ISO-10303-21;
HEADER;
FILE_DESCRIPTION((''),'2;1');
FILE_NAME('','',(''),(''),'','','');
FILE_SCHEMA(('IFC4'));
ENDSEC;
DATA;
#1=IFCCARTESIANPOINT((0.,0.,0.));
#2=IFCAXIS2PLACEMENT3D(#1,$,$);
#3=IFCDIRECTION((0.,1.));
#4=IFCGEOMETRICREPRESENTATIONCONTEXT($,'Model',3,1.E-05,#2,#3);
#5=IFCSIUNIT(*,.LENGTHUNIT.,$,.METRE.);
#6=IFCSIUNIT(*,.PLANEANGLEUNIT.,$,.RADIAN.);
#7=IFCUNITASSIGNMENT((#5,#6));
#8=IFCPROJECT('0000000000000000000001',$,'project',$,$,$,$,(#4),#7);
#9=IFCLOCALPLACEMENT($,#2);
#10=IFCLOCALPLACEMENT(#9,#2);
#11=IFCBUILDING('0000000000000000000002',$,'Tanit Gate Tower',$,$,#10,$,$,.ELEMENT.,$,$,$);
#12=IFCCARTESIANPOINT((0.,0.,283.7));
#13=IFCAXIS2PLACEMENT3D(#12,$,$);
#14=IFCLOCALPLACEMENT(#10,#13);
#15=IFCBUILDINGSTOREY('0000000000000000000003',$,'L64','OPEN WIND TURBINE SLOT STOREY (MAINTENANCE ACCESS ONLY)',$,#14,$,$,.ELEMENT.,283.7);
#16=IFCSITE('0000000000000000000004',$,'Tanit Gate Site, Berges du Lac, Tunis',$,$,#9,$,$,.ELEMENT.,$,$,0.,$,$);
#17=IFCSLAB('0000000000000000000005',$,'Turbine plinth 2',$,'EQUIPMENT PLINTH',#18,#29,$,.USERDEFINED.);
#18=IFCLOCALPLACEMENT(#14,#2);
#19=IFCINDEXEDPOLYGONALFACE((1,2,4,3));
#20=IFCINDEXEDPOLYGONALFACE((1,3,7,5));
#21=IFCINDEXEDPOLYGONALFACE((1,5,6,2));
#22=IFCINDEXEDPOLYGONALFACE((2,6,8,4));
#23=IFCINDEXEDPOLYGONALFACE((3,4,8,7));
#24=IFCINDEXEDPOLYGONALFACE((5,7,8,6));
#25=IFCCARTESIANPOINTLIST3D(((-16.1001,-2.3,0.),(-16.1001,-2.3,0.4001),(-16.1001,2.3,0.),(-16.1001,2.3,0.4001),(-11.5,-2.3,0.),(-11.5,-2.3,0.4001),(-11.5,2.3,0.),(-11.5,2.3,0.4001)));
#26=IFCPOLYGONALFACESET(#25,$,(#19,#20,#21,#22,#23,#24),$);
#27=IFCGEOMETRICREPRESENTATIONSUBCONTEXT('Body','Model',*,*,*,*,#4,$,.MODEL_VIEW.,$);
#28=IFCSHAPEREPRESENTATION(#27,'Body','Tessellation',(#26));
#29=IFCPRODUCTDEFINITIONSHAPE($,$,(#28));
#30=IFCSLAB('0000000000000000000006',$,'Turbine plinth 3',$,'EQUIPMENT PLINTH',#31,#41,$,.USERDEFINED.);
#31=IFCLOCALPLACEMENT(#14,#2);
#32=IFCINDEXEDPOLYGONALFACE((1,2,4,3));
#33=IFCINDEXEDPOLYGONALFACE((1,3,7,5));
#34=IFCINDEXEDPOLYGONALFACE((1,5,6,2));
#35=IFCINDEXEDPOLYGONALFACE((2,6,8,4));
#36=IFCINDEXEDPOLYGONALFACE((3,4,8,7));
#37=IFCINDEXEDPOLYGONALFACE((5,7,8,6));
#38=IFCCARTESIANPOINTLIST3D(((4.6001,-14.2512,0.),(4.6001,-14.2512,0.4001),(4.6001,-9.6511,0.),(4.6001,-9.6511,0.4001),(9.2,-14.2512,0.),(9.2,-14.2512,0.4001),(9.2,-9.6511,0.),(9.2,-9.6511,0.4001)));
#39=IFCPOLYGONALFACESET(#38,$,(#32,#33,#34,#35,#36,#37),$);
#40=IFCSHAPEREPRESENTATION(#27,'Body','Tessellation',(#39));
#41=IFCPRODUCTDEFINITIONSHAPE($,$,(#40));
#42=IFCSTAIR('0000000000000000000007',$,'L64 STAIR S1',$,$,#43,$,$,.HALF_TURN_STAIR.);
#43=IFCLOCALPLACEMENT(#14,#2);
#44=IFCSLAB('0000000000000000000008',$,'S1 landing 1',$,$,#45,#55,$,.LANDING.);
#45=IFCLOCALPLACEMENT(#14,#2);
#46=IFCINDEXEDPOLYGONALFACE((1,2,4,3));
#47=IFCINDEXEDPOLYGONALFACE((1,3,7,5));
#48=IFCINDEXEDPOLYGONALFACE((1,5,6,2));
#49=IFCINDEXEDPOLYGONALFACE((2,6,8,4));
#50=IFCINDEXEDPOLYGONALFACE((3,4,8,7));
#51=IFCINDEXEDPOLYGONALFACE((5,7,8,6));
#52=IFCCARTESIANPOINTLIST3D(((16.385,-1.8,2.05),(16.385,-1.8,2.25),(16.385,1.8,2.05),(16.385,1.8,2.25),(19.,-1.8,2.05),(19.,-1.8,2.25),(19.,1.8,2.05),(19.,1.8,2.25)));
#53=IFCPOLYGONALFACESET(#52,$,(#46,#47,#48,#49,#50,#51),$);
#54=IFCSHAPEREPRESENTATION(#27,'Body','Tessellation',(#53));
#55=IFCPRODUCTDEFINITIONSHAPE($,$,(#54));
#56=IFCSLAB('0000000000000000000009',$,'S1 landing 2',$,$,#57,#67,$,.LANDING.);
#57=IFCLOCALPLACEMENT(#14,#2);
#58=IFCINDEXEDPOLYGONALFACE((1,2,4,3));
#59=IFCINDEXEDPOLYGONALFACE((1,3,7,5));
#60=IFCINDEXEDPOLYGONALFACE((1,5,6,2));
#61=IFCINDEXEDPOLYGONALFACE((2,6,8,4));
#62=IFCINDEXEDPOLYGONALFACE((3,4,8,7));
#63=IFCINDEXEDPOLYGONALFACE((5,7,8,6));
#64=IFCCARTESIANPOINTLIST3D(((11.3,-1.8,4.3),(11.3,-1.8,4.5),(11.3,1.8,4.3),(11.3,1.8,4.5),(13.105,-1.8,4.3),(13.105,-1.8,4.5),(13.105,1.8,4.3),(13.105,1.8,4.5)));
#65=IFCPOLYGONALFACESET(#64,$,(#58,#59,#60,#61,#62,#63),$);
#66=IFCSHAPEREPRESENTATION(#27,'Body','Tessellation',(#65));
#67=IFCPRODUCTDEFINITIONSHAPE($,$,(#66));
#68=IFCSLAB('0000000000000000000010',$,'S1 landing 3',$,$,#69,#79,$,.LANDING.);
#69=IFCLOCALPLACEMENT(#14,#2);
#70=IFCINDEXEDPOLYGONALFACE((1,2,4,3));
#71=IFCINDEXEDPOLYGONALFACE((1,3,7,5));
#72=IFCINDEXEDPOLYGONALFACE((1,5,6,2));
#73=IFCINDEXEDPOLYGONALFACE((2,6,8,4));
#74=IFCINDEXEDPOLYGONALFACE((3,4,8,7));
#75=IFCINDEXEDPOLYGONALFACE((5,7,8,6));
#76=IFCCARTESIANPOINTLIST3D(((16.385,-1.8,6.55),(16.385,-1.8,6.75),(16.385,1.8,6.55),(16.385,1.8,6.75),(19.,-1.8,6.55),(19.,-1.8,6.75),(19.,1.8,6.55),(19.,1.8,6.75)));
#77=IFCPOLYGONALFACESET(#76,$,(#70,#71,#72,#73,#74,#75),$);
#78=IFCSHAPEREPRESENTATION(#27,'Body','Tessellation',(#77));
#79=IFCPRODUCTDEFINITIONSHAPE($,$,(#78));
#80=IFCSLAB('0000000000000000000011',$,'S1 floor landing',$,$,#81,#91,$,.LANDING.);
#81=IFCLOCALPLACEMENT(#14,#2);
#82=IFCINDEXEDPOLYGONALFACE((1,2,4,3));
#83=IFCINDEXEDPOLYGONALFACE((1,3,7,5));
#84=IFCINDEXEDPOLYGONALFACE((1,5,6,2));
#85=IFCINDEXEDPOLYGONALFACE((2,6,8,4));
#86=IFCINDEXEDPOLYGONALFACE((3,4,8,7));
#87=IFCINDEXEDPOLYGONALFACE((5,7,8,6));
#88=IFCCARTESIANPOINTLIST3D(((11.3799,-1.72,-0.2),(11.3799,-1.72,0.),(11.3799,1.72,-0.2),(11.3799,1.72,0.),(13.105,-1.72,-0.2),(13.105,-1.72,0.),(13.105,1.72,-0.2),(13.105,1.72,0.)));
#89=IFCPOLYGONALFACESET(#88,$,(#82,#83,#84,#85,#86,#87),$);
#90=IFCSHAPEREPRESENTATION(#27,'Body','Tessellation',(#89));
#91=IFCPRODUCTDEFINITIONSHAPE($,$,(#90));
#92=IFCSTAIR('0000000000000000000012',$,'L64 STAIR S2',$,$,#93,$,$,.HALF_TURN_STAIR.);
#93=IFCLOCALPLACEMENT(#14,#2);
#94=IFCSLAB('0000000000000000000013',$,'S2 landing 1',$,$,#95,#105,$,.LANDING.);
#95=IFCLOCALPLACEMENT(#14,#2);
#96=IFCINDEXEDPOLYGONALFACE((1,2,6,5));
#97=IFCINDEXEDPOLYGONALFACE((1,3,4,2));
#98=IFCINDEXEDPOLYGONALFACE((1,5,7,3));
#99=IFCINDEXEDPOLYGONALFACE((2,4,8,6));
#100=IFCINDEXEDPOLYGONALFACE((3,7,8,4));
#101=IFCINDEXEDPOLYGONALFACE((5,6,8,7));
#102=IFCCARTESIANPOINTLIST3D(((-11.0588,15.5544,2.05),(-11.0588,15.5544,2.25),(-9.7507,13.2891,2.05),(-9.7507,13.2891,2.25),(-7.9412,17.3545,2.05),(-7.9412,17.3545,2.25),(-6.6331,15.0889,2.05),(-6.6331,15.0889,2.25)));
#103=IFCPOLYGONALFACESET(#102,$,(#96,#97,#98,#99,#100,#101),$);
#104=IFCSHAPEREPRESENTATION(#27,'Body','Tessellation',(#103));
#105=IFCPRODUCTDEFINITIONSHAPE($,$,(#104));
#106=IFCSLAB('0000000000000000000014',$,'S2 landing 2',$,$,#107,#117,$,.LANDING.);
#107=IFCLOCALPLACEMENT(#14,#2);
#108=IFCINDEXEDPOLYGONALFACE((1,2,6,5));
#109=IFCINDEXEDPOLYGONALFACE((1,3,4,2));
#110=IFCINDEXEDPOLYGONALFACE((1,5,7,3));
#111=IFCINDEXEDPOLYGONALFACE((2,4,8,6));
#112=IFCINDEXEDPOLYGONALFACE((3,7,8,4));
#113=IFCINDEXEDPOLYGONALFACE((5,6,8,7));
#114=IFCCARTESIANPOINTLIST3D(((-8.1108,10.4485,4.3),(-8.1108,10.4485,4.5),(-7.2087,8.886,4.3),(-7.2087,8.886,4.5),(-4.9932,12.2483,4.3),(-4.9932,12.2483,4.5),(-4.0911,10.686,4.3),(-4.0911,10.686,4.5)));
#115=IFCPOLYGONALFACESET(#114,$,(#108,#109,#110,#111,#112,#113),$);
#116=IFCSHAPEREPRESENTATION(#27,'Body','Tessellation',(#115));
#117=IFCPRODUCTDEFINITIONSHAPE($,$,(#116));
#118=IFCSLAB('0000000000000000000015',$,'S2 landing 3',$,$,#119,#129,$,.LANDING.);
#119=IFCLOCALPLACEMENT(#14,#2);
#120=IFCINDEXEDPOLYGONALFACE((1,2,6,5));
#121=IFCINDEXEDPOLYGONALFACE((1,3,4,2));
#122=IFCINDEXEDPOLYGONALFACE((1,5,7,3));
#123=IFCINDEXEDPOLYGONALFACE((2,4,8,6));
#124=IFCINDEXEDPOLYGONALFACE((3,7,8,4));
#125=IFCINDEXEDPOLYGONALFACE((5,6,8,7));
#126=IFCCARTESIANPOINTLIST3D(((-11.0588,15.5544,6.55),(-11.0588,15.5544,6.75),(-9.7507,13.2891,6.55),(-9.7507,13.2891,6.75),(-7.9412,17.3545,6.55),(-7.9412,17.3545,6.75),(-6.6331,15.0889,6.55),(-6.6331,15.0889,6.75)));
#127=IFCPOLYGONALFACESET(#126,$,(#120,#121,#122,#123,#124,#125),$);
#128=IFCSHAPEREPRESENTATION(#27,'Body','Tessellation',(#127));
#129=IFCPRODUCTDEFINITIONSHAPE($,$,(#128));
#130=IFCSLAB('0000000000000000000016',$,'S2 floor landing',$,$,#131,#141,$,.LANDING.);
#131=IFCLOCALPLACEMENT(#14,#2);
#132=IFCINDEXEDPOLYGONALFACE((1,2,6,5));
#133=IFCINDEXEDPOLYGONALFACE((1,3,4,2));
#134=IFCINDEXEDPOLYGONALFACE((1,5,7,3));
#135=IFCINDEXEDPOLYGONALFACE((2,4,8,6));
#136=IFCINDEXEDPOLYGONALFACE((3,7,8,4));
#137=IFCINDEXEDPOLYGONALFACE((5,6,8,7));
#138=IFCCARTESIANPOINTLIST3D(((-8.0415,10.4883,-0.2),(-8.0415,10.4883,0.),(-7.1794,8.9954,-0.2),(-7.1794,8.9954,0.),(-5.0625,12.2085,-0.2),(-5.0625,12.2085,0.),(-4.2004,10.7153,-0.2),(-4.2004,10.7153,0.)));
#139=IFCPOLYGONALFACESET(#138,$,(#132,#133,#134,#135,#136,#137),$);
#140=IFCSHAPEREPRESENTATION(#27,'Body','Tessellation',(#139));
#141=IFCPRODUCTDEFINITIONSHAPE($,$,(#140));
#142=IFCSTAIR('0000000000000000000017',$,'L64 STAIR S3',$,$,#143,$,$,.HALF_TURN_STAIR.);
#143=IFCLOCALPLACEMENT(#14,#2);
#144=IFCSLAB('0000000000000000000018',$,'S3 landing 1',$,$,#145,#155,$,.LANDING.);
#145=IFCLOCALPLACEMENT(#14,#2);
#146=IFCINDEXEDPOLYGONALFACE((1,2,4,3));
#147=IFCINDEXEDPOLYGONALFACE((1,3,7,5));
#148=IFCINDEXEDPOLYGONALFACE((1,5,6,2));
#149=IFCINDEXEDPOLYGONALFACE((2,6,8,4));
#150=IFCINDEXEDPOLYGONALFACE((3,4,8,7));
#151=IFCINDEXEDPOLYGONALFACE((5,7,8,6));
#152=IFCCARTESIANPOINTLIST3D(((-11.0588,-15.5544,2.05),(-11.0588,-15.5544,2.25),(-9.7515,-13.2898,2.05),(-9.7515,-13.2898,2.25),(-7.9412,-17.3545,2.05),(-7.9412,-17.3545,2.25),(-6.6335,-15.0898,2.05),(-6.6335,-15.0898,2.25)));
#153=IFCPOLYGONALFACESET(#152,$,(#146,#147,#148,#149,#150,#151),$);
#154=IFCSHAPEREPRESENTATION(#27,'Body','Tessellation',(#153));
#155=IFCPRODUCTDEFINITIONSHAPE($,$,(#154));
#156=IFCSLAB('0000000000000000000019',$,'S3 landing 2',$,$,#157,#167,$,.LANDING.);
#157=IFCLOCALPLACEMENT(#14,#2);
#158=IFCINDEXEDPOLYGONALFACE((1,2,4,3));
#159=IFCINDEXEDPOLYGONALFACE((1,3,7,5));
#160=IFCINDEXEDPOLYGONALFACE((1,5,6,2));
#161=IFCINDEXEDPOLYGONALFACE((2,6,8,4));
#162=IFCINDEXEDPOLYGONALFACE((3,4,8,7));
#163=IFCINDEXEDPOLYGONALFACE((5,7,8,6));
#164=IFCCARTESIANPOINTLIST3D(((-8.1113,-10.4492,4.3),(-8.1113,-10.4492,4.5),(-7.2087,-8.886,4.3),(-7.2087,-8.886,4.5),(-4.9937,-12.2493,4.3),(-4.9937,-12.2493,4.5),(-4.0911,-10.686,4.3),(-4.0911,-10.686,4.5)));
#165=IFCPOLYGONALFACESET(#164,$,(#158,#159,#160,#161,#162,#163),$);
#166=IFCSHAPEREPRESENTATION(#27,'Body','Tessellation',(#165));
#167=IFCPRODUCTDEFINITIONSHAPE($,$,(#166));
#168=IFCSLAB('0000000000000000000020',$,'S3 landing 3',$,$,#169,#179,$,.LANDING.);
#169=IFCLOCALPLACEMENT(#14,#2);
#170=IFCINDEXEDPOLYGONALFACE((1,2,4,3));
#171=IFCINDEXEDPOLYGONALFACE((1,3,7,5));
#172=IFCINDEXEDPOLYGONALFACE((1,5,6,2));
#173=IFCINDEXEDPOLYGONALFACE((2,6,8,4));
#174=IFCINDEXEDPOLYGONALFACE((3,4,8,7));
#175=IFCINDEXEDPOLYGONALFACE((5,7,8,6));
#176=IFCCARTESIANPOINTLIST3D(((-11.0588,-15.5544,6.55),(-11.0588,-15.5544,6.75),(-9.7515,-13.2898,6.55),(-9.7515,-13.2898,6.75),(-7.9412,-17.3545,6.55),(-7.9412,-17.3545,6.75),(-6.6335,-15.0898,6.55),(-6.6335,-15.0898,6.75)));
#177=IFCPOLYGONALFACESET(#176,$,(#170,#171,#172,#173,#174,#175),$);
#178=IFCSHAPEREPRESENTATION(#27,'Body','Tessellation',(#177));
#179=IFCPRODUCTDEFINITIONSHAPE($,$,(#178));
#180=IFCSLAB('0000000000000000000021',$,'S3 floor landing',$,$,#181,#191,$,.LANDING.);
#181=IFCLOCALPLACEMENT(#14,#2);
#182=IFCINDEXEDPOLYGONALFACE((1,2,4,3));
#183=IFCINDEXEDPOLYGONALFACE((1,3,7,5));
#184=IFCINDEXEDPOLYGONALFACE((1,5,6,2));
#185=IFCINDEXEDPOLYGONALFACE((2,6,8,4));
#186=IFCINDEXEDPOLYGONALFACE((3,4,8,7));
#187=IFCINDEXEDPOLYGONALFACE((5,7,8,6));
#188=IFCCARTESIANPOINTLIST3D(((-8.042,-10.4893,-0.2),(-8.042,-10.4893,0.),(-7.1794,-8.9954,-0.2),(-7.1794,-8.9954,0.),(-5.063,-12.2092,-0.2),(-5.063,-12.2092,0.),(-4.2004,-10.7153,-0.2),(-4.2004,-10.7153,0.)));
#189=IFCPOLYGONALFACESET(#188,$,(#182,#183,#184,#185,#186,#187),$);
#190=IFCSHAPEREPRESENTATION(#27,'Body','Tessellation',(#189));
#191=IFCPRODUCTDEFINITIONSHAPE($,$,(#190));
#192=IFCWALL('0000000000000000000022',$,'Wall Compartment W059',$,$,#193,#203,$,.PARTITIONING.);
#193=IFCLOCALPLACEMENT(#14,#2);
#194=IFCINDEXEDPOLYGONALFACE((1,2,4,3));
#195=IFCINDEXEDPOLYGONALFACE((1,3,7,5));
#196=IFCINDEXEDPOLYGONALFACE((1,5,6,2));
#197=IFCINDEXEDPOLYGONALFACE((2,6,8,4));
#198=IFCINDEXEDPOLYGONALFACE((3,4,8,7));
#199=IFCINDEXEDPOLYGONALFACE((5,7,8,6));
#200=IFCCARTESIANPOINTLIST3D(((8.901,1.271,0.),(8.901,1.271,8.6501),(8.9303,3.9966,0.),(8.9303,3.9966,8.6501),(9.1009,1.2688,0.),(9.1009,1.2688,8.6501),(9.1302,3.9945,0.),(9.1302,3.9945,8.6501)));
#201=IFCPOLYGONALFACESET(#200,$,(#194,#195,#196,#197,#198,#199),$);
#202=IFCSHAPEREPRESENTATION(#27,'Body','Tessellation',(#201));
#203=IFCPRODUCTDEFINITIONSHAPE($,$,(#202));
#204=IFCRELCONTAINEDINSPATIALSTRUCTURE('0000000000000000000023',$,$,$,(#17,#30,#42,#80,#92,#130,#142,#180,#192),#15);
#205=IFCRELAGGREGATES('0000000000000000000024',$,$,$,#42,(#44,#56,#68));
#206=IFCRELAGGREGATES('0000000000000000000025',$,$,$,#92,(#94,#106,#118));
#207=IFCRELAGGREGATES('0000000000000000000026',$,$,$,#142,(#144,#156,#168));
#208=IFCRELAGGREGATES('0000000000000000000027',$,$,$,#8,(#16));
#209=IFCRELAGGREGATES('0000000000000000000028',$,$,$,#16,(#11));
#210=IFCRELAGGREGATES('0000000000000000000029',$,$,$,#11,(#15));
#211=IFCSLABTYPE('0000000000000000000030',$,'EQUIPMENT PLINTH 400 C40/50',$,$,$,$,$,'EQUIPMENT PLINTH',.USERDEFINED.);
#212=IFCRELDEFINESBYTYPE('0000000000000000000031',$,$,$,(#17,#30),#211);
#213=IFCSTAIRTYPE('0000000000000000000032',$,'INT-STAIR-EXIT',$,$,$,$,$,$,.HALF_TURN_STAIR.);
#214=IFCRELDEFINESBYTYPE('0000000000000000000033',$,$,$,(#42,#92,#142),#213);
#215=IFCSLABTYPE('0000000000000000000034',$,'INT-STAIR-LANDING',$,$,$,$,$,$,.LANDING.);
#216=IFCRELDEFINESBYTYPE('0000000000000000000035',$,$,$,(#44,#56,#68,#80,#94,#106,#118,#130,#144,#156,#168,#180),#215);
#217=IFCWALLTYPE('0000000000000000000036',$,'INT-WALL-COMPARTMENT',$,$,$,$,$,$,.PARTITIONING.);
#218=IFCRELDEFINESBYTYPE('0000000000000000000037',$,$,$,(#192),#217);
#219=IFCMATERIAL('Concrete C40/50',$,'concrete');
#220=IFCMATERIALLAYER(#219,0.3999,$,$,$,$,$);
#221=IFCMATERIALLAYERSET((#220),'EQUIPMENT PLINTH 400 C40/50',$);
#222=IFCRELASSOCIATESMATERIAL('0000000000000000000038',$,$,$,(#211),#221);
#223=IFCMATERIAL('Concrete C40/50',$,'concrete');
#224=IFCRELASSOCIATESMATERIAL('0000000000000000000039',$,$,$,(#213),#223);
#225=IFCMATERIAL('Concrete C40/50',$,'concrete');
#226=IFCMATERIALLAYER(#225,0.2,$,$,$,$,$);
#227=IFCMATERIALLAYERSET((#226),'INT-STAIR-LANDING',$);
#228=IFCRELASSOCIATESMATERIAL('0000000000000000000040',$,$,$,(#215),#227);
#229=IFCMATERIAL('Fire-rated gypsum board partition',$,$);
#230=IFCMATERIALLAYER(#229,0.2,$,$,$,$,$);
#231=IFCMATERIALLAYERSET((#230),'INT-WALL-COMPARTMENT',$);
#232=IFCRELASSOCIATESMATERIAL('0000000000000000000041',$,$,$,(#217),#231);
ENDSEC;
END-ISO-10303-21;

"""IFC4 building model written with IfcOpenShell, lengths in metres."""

from ifc_helpers import new_model, si_unit, direction, frame, frame_2d, origin, place, context, subcontext, project, spatial, polyline, rectangle, outline, extrude, material, layer, layer_set, type_object, element, aggregate, save


model = new_model("IFC4")

# Units and contexts
model_context = context("Model", 3, precision=1e-05, world=origin(), true_north=direction((0.0, 1.0)))
body_context = subcontext(model_context, "Body", "Model", "MODEL_VIEW")
ifc_project = project(units=[si_unit("LENGTHUNIT", "METRE"), si_unit("PLANEANGLEUNIT", "RADIAN")], contexts=[model_context])

# Site, building, storey
site_placement = place(None, origin())
site = spatial("IfcSite", under=ifc_project, at=site_placement, Name="Tanit Gate Site, Berges du Lac, Tunis", CompositionType="ELEMENT", RefElevation=0.0)
building_placement = place(site_placement, origin())
building = spatial("IfcBuilding", under=site, at=building_placement, Name="Tanit Gate Tower", CompositionType="ELEMENT")
storey_placement = place(building_placement, frame((0.0, 0.0, 283.7)))
storey = spatial("IfcBuildingStorey", under=building, at=storey_placement, Name="L64", Description="OPEN WIND TURBINE SLOT STOREY (MAINTENANCE ACCESS ONLY)", CompositionType="ELEMENT", Elevation=283.7)

# Slabs
ifc_material_1 = material(Name="Concrete C40/50", Category="concrete")
ifc_layer_1 = layer(ifc_material_1, 0.3999)
ifc_layer_set_1 = layer_set([ifc_layer_1], Name="EQUIPMENT PLINTH 400 C40/50")
slab_type_1 = type_object("IfcSlabType", Name="EQUIPMENT PLINTH 400 C40/50", ElementType="EQUIPMENT PLINTH", PredefinedType="USERDEFINED", material=ifc_layer_set_1)
slab_1_placement = place(storey_placement, origin())
element("IfcSlab", 1, at=slab_1_placement, inside=storey, type_object=slab_type_1, Name="Turbine plinth 2", ObjectType="EQUIPMENT PLINTH", PredefinedType="USERDEFINED", context=body_context, shape_type="SweptSolid", body=[
    extrude(outline(polyline([(-16.1001, -2.3), (-11.5, -2.3), (-11.5, 2.3), (-16.1001, 2.3), (-16.1001, -2.3)])), origin(), (0.0, 0.0, 1.0), 0.4001),
])
slab_2_placement = place(storey_placement, origin())
element("IfcSlab", 2, at=slab_2_placement, inside=storey, type_object=slab_type_1, Name="Turbine plinth 3", ObjectType="EQUIPMENT PLINTH", PredefinedType="USERDEFINED", context=body_context, shape_type="SweptSolid", body=[
    extrude(outline(polyline([(4.6001, -14.2512), (9.2, -14.2512), (9.2, -9.6511), (4.6001, -9.6511), (4.6001, -14.2512)])), origin(), (0.0, 0.0, 1.0), 0.4001),
])

# Stair, slabs
ifc_material_2 = material(Name="Concrete C40/50", Category="concrete")
stair_type = type_object("IfcStairType", Name="INT-STAIR-EXIT", PredefinedType="HALF_TURN_STAIR", material=ifc_material_2)
stair_1_placement = place(storey_placement, origin())
stair_1 = element("IfcStair", 3, at=stair_1_placement, inside=storey, type_object=stair_type, Name="L64 STAIR S1", PredefinedType="HALF_TURN_STAIR")
ifc_material_3 = material(Name="Concrete C40/50", Category="concrete")
ifc_layer_2 = layer(ifc_material_3, 0.2)
ifc_layer_set_2 = layer_set([ifc_layer_2], Name="INT-STAIR-LANDING")
slab_type_2 = type_object("IfcSlabType", Name="INT-STAIR-LANDING", PredefinedType="LANDING", material=ifc_layer_set_2)
slab_3_placement = place(storey_placement, frame((0.0, 0.0, 2.05)))
slab_3 = element("IfcSlab", 4, at=slab_3_placement, type_object=slab_type_2, Name="S1 landing 1", PredefinedType="LANDING", context=body_context, shape_type="SweptSolid", body=[
    extrude(outline(polyline([(16.385, -1.8), (19.0, -1.8), (19.0, 1.8), (16.385, 1.8), (16.385, -1.8)])), origin(), (0.0, 0.0, 1.0), 0.2),
])
slab_4_placement = place(storey_placement, frame((0.0, 0.0, 4.3)))
slab_4 = element("IfcSlab", 5, at=slab_4_placement, type_object=slab_type_2, Name="S1 landing 2", PredefinedType="LANDING", context=body_context, shape_type="SweptSolid", body=[
    extrude(outline(polyline([(11.3, -1.8), (13.105, -1.8), (13.105, 1.8), (11.3, 1.8), (11.3, -1.8)])), origin(), (0.0, 0.0, 1.0), 0.2),
])
slab_5_placement = place(storey_placement, frame((0.0, 0.0, 6.55)))
slab_5 = element("IfcSlab", 6, at=slab_5_placement, type_object=slab_type_2, Name="S1 landing 3", PredefinedType="LANDING", context=body_context, shape_type="SweptSolid", body=[
    extrude(outline(polyline([(16.385, -1.8), (19.0, -1.8), (19.0, 1.8), (16.385, 1.8), (16.385, -1.8)])), origin(), (0.0, 0.0, 1.0), 0.2),
])
aggregate(stair_1, [slab_3, slab_4, slab_5])

# Slab
slab_6_placement = place(storey_placement, frame((0.0, 0.0, -0.2)))
element("IfcSlab", 7, at=slab_6_placement, inside=storey, type_object=slab_type_2, Name="S1 floor landing", PredefinedType="LANDING", context=body_context, shape_type="SweptSolid", body=[
    extrude(outline(polyline([(11.3799, -1.72), (13.105, -1.72), (13.105, 1.72), (11.3799, 1.72), (11.3799, -1.72)])), origin(), (0.0, 0.0, 1.0), 0.2),
])

# Stair, slabs
stair_2_placement = place(storey_placement, origin())
stair_2 = element("IfcStair", 8, at=stair_2_placement, inside=storey, type_object=stair_type, Name="L64 STAIR S2", PredefinedType="HALF_TURN_STAIR")
slab_7_placement = place(storey_placement, frame((0.0, 0.0, 2.05)))
slab_7 = element("IfcSlab", 9, at=slab_7_placement, type_object=slab_type_2, Name="S2 landing 1", PredefinedType="LANDING", context=body_context, shape_type="SweptSolid", body=[
    extrude(outline(polyline([(-6.6331, 15.0889), (-7.9412, 17.3545), (-11.0588, 15.5544), (-9.7507, 13.2891), (-6.6331, 15.0889)])), origin(), (0.0, 0.0, 1.0), 0.2),
])
slab_8_placement = place(storey_placement, frame((0.0, 0.0, 4.3)))
slab_8 = element("IfcSlab", 10, at=slab_8_placement, type_object=slab_type_2, Name="S2 landing 2", PredefinedType="LANDING", context=body_context, shape_type="SweptSolid", body=[
    extrude(outline(polyline([(-4.0911, 10.686), (-4.9932, 12.2483), (-8.1108, 10.4485), (-7.2087, 8.886), (-4.0911, 10.686)])), origin(), (0.0, 0.0, 1.0), 0.2),
])
slab_9_placement = place(storey_placement, frame((0.0, 0.0, 6.55)))
slab_9 = element("IfcSlab", 11, at=slab_9_placement, type_object=slab_type_2, Name="S2 landing 3", PredefinedType="LANDING", context=body_context, shape_type="SweptSolid", body=[
    extrude(outline(polyline([(-6.6331, 15.0889), (-7.9412, 17.3545), (-11.0588, 15.5544), (-9.7507, 13.2891), (-6.6331, 15.0889)])), origin(), (0.0, 0.0, 1.0), 0.2),
])
aggregate(stair_2, [slab_7, slab_8, slab_9])

# Slab
slab_10_placement = place(storey_placement, frame((0.0, 0.0, -0.2)))
element("IfcSlab", 12, at=slab_10_placement, inside=storey, type_object=slab_type_2, Name="S2 floor landing", PredefinedType="LANDING", context=body_context, shape_type="SweptSolid", body=[
    extrude(outline(polyline([(-4.2004, 10.7153), (-5.0625, 12.2085), (-8.0415, 10.4883), (-7.1794, 8.9954), (-4.2004, 10.7153)])), origin(), (0.0, 0.0, 1.0), 0.2),
])

# Stair, slabs
stair_3_placement = place(storey_placement, origin())
stair_3 = element("IfcStair", 13, at=stair_3_placement, inside=storey, type_object=stair_type, Name="L64 STAIR S3", PredefinedType="HALF_TURN_STAIR")
slab_11_placement = place(storey_placement, frame((0.0, 0.0, 2.05)))
slab_11 = element("IfcSlab", 14, at=slab_11_placement, type_object=slab_type_2, Name="S3 landing 1", PredefinedType="LANDING", context=body_context, shape_type="SweptSolid", body=[
    extrude(outline(polyline([(-9.7515, -13.2898), (-11.0588, -15.5544), (-7.9412, -17.3545), (-6.6335, -15.0898), (-9.7515, -13.2898)])), origin(), (0.0, 0.0, 1.0), 0.2),
])
slab_12_placement = place(storey_placement, frame((0.0, 0.0, 4.3)))
slab_12 = element("IfcSlab", 15, at=slab_12_placement, type_object=slab_type_2, Name="S3 landing 2", PredefinedType="LANDING", context=body_context, shape_type="SweptSolid", body=[
    extrude(outline(polyline([(-7.2087, -8.886), (-8.1113, -10.4492), (-4.9937, -12.2493), (-4.0911, -10.686), (-7.2087, -8.886)])), origin(), (0.0, 0.0, 1.0), 0.2),
])
slab_13_placement = place(storey_placement, frame((0.0, 0.0, 6.55)))
slab_13 = element("IfcSlab", 16, at=slab_13_placement, type_object=slab_type_2, Name="S3 landing 3", PredefinedType="LANDING", context=body_context, shape_type="SweptSolid", body=[
    extrude(outline(polyline([(-9.7515, -13.2898), (-11.0588, -15.5544), (-7.9412, -17.3545), (-6.6335, -15.0898), (-9.7515, -13.2898)])), origin(), (0.0, 0.0, 1.0), 0.2),
])
aggregate(stair_3, [slab_11, slab_12, slab_13])

# Slab
slab_14_placement = place(storey_placement, frame((0.0, 0.0, -0.2)))
element("IfcSlab", 17, at=slab_14_placement, inside=storey, type_object=slab_type_2, Name="S3 floor landing", PredefinedType="LANDING", context=body_context, shape_type="SweptSolid", body=[
    extrude(outline(polyline([(-7.1794, -8.9954), (-8.042, -10.4893), (-5.063, -12.2092), (-4.2004, -10.7153), (-7.1794, -8.9954)])), origin(), (0.0, 0.0, 1.0), 0.2),
])

# Wall
ifc_material_4 = material(Name="Fire-rated gypsum board partition")
ifc_layer_3 = layer(ifc_material_4, 0.2)
ifc_layer_set_3 = layer_set([ifc_layer_3], Name="INT-WALL-COMPARTMENT")
wall_type_1 = type_object("IfcWallType", Name="INT-WALL-COMPARTMENT", PredefinedType="PARTITIONING", material=ifc_layer_set_3)
wall_1_placement = place(storey_placement, frame((9.001, 1.27, 0.0), z_axis=(0.0, 0.0, 1.0), x_axis=(0.010748, 0.999942, 0.0)))
element("IfcWall", 18, at=wall_1_placement, inside=storey, type_object=wall_type_1, Name="Wall Compartment W059", PredefinedType="PARTITIONING", context=body_context, shape_type="SweptSolid", body=[
    extrude(rectangle(XDim=2.7258, YDim=0.2, at=frame_2d((1.3628, 0.0))), origin(), (0.0, 0.0, 1.0), 8.6501),
])

save(model, "model.ifc")
